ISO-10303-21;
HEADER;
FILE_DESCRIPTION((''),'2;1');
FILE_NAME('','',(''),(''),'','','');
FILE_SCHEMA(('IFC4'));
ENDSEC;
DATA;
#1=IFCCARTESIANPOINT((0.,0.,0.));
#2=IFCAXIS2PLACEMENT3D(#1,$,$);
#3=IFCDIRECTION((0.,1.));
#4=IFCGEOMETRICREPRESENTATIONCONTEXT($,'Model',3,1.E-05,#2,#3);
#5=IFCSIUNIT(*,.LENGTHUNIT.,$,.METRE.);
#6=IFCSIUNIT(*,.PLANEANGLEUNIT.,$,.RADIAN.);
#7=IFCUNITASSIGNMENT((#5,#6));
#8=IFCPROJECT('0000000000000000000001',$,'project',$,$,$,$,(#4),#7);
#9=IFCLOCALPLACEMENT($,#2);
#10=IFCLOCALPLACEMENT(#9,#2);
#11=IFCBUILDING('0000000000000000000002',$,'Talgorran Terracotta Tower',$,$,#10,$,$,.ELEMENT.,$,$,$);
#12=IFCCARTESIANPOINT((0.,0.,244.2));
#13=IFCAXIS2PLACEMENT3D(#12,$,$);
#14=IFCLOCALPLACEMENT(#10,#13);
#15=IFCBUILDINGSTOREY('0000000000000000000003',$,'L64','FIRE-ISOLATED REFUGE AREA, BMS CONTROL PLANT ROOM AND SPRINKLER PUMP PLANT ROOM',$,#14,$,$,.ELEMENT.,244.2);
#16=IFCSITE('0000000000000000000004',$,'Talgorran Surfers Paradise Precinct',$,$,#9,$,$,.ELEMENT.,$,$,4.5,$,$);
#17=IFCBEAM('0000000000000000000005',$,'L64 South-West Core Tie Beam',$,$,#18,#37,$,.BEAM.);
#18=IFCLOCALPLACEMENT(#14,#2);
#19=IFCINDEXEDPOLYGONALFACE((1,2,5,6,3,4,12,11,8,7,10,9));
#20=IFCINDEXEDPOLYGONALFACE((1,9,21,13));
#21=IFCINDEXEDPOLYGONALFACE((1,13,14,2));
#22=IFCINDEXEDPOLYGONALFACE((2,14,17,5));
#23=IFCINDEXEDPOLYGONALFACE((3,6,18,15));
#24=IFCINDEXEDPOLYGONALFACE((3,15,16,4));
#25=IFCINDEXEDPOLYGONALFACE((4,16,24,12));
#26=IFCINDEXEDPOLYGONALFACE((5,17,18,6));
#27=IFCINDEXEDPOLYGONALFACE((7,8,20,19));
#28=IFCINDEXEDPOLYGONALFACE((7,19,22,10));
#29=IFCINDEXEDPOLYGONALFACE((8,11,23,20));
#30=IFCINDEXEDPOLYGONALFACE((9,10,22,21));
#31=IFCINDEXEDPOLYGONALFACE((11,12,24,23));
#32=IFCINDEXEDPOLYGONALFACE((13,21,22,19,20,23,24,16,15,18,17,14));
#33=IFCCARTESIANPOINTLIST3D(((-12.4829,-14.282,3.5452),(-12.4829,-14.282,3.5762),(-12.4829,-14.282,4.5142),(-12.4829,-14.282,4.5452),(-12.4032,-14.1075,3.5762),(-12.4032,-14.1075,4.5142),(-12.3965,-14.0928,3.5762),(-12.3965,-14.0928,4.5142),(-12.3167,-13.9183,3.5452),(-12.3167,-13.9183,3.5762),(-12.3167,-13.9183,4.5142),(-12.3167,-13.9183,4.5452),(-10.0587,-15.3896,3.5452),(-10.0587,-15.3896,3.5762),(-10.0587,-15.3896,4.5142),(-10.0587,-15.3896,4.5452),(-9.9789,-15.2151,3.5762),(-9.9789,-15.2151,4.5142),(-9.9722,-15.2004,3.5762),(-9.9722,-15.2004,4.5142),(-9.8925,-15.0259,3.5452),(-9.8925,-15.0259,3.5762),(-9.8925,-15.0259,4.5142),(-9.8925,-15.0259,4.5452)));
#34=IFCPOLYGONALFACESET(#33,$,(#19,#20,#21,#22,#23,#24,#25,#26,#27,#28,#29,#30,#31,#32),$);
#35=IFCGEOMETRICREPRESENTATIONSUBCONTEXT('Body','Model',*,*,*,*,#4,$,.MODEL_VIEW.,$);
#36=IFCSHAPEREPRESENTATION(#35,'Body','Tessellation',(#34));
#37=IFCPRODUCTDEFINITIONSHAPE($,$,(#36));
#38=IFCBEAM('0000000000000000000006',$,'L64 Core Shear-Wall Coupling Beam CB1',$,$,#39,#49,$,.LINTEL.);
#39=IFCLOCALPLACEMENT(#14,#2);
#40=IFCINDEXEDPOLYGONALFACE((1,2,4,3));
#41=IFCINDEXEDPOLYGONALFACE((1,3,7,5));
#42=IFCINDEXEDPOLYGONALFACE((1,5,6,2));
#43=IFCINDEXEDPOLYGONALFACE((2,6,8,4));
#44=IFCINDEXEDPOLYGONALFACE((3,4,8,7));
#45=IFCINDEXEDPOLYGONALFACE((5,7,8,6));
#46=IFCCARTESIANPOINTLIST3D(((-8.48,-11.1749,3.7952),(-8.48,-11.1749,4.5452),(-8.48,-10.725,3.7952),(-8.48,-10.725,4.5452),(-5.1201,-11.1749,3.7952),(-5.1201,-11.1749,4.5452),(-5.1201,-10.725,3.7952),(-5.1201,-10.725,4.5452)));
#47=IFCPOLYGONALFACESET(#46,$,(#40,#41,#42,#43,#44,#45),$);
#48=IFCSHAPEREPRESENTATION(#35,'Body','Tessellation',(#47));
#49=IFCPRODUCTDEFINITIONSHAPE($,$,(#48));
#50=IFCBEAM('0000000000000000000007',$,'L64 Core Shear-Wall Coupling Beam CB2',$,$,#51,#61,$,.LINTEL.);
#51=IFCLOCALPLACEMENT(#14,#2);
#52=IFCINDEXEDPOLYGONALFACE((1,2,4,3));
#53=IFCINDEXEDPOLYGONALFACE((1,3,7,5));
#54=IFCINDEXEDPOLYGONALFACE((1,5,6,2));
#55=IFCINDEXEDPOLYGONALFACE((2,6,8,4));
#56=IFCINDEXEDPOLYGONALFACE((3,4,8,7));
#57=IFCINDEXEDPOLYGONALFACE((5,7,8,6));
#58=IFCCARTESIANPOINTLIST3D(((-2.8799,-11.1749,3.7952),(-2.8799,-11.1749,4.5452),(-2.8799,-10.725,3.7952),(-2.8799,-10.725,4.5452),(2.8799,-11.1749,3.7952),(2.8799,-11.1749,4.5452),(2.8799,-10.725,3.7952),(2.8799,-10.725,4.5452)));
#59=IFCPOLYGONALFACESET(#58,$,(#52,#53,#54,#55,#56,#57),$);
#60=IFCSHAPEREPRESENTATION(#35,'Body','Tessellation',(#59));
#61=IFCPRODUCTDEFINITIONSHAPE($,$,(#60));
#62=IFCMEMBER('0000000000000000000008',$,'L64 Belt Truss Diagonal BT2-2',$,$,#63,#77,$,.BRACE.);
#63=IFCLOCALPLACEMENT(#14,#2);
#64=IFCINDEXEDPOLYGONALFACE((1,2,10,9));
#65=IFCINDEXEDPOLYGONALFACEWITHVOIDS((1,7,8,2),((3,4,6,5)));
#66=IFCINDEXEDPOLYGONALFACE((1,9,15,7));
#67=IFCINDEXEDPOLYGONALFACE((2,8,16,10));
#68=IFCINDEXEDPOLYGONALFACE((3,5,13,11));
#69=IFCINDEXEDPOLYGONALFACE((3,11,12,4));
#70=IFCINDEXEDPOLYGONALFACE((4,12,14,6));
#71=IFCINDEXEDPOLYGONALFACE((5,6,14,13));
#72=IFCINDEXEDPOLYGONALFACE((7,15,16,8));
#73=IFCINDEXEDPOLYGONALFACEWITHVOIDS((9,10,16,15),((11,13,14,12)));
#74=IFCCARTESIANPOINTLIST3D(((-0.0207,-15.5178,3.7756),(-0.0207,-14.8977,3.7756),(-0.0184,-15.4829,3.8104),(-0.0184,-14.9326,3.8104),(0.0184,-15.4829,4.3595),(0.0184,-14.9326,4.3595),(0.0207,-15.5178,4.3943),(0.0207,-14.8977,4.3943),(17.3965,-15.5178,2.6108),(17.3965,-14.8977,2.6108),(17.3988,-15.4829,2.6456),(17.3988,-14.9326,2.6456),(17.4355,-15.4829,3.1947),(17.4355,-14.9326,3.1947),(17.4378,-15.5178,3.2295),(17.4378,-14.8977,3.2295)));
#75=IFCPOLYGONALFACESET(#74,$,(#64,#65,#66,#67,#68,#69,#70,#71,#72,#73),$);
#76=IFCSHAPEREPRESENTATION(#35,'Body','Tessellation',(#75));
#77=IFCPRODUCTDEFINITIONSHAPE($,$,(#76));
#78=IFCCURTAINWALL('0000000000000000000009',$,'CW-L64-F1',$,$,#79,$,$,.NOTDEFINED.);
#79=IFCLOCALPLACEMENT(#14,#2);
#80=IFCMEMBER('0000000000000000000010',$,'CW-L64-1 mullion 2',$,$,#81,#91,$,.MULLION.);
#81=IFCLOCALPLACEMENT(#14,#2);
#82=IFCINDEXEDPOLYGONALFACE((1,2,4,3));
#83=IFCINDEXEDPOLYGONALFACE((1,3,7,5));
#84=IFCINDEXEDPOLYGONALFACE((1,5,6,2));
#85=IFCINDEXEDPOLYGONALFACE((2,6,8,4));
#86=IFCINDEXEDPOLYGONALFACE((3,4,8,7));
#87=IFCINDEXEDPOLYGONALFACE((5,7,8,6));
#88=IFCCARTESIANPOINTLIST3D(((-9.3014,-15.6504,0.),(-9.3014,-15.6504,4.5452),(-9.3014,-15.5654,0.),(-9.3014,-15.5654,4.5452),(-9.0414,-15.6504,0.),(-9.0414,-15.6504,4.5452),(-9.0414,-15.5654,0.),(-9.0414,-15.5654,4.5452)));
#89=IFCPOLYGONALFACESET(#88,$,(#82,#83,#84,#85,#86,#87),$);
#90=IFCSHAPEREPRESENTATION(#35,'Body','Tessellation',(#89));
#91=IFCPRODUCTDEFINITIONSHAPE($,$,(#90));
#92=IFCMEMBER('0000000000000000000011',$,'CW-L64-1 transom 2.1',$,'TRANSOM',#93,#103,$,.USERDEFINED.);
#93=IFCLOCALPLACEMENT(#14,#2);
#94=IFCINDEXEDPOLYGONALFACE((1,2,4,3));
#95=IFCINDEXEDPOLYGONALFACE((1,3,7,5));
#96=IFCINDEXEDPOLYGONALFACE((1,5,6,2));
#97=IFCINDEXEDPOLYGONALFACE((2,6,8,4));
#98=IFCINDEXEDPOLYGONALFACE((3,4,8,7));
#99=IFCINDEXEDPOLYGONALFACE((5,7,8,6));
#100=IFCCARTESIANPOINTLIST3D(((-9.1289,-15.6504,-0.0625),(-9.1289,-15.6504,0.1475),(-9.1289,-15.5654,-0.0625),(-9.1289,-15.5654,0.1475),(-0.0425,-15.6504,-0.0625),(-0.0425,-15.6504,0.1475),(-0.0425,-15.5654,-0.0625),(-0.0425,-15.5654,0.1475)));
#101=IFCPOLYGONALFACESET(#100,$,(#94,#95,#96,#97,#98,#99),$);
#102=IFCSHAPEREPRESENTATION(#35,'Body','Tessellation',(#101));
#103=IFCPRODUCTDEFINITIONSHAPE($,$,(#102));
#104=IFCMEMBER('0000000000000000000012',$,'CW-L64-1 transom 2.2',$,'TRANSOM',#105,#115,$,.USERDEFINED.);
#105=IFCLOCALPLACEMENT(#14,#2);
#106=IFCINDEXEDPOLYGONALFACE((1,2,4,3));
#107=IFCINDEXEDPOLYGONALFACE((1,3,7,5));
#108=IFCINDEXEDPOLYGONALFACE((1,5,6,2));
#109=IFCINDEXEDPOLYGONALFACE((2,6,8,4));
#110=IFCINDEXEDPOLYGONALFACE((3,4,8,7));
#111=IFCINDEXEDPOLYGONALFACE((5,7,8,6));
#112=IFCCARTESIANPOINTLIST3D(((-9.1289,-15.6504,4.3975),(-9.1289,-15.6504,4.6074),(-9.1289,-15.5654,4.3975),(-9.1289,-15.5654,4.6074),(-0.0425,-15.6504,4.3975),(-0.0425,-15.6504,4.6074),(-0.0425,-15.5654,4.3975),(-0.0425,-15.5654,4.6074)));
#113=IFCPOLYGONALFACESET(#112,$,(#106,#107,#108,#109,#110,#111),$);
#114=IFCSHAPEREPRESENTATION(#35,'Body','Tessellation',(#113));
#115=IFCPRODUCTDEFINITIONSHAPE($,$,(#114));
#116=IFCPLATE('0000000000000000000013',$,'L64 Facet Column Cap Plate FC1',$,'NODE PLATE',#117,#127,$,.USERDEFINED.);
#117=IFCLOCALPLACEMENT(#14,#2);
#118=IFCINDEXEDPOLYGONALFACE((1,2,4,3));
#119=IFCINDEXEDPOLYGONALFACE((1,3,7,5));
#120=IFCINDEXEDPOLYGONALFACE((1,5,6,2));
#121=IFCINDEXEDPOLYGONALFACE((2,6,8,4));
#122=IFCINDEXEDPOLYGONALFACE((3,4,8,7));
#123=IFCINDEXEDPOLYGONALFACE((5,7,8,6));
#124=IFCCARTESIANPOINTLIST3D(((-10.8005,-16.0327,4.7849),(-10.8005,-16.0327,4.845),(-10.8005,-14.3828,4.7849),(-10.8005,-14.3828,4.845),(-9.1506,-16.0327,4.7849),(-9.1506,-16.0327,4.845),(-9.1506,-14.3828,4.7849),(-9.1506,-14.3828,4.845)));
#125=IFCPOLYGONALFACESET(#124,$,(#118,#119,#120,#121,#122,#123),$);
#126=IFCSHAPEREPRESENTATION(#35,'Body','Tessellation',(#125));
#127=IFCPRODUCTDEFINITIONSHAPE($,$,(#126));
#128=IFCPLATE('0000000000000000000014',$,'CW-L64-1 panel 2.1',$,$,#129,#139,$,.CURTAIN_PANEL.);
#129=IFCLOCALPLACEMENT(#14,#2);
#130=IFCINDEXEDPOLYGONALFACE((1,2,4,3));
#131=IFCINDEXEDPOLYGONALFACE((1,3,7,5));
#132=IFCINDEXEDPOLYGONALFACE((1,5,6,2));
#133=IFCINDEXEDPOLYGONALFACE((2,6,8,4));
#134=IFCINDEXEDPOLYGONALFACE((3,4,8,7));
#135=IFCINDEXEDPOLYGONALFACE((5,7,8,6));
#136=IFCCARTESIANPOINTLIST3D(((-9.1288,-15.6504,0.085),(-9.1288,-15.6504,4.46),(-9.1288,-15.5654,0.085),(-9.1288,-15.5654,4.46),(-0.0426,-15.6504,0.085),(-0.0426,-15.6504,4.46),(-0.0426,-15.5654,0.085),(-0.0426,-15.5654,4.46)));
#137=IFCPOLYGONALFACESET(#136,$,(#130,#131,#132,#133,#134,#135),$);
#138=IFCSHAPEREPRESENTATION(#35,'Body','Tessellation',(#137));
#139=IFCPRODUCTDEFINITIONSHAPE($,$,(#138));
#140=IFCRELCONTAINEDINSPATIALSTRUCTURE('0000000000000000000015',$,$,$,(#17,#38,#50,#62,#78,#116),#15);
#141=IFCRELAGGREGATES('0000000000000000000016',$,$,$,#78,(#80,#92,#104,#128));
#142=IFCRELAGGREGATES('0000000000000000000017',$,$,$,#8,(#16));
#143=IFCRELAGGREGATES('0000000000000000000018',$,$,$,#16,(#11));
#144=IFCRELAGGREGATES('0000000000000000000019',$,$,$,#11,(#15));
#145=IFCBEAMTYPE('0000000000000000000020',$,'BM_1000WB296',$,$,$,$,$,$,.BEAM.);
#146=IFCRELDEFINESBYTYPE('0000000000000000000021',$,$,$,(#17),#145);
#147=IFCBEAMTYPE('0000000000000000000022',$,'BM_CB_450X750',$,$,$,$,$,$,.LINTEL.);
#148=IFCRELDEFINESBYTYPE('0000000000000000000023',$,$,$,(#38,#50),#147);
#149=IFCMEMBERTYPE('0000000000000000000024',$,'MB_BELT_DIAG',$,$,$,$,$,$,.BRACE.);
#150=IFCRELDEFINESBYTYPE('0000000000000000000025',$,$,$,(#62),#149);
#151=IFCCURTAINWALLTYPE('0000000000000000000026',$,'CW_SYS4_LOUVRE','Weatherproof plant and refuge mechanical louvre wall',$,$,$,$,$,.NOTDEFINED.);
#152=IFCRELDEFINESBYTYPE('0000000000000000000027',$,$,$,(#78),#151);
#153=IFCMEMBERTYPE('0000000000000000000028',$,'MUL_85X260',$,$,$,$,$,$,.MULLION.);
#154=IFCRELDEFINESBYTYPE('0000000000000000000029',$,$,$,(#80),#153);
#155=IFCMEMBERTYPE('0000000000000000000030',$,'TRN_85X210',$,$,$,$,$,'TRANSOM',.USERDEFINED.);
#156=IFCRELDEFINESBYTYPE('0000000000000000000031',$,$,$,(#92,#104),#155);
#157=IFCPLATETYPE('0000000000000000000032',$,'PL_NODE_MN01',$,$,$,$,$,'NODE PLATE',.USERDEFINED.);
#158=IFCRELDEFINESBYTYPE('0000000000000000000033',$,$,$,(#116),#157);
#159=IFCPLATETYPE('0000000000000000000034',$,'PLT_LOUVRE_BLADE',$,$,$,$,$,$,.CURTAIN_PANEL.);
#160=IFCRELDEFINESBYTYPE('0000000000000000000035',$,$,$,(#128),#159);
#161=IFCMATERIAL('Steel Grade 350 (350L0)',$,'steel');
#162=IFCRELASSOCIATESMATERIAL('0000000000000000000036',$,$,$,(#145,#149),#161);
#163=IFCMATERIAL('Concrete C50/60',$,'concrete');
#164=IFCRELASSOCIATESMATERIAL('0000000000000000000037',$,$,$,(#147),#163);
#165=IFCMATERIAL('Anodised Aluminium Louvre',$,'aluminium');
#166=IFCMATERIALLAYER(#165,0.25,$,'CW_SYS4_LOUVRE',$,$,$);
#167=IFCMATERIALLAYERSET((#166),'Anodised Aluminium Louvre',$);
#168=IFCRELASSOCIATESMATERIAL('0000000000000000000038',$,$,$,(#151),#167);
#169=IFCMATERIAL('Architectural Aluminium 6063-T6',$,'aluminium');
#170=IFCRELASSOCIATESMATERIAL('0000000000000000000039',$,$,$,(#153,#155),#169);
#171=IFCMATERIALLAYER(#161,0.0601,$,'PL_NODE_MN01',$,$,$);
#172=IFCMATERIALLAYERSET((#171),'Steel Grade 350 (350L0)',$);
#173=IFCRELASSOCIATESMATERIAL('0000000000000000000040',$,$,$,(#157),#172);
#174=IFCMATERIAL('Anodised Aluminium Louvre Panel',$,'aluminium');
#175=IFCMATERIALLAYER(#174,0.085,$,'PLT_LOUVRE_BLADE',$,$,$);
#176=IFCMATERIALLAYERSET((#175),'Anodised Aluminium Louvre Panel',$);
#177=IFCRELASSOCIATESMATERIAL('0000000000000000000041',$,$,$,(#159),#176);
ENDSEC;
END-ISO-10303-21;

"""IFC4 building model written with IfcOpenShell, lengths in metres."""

from ifc_helpers import new_model, si_unit, direction, frame, origin, origin_2d, place, context, subcontext, project, spatial, rectangle, hollow_rectangle, i_section, extrude, source, transform, mapped, material, layer, layer_set, material_profile, profile_set, type_object, type_shapes, element, aggregate, save


model = new_model("IFC4")

# Units and contexts
model_context = context("Model", 3, precision=1e-05, world=origin(), true_north=direction((0.0, 1.0)))
body_context = subcontext(model_context, "Body", "Model", "MODEL_VIEW")
ifc_project = project(units=[si_unit("LENGTHUNIT", "METRE"), si_unit("PLANEANGLEUNIT", "RADIAN")], contexts=[model_context])

# Site, building, storey
site_placement = place(None, origin())
site = spatial("IfcSite", under=ifc_project, at=site_placement, Name="Talgorran Surfers Paradise Precinct", CompositionType="ELEMENT", RefElevation=4.5)
building_placement = place(site_placement, origin())
building = spatial("IfcBuilding", under=site, at=building_placement, Name="Talgorran Terracotta Tower", CompositionType="ELEMENT")
storey_placement = place(building_placement, frame((0.0, 0.0, 244.2)))
storey = spatial("IfcBuildingStorey", under=building, at=storey_placement, Name="L64", Description="FIRE-ISOLATED REFUGE AREA, BMS CONTROL PLANT ROOM AND SPRINKLER PUMP PLANT ROOM", CompositionType="ELEMENT", Elevation=244.2)

# Beams
ifc_material_1 = material(Name="Steel Grade 350 (350L0)", Category="steel")
ifc_material_profile_1 = material_profile(ifc_material_1, i_section(OverallWidth=0.3999, OverallDepth=1.0, WebThickness=0.0161, FlangeThickness=0.031, at=origin_2d()), Name="1000WB296")
ifc_profile_set_1 = profile_set([ifc_material_profile_1], Name="Steel Grade 350 (350L0)")
beam_type_1 = type_object("IfcBeamType", Name="BM_1000WB296", PredefinedType="BEAM", material=ifc_profile_set_1)
beam_1_placement = place(storey_placement, frame((-9.9756, -15.2078, 4.0452), z_axis=(-0.909559, 0.415576, 0.0), x_axis=(-0.415576, -0.909559, 0.0)))
element("IfcBeam", 1, at=beam_1_placement, inside=storey, type_object=beam_type_1, Name="L64 South-West Core Tie Beam", PredefinedType="BEAM", context=body_context, shape_type="SweptSolid", body=[
    extrude(i_section(OverallWidth=0.3999, OverallDepth=1.0, WebThickness=0.0161, FlangeThickness=0.031, at=origin_2d()), origin(), (0.0, 0.0, 1.0), 2.6653),
])
ifc_material_2 = material(Name="Concrete C50/60", Category="concrete")
ifc_material_profile_2 = material_profile(ifc_material_2, rectangle(XDim=0.45, YDim=0.75, at=origin_2d()), Name="RCCB450X750")
ifc_profile_set_2 = profile_set([ifc_material_profile_2], Name="Concrete C50/60")
beam_type_2 = type_object("IfcBeamType", Name="BM_CB_450X750", PredefinedType="LINTEL", material=ifc_profile_set_2)
beam_2_placement = place(storey_placement, frame((-8.48, -10.95, 4.1702), z_axis=(1.0, 0.0, 0.0), x_axis=(0.0, 1.0, 0.0)))
element("IfcBeam", 2, at=beam_2_placement, inside=storey, type_object=beam_type_2, Name="L64 Core Shear-Wall Coupling Beam CB1", PredefinedType="LINTEL", context=body_context, shape_type="SweptSolid", body=[
    extrude(rectangle(XDim=0.45, YDim=0.75, at=origin_2d()), origin(), (0.0, 0.0, 1.0), 3.3599),
])
beam_3_placement = place(storey_placement, frame((-2.8799, -10.95, 4.1702), z_axis=(1.0, 0.0, 0.0), x_axis=(0.0, 1.0, 0.0)))
element("IfcBeam", 3, at=beam_3_placement, inside=storey, type_object=beam_type_2, Name="L64 Core Shear-Wall Coupling Beam CB2", PredefinedType="LINTEL", context=body_context, shape_type="SweptSolid", body=[
    extrude(rectangle(XDim=0.45, YDim=0.75, at=origin_2d()), origin(), (0.0, 0.0, 1.0), 5.7598),
])

# Member
ifc_material_profile_3 = material_profile(ifc_material_1, hollow_rectangle(XDim=0.6201, YDim=0.6201, WallThickness=0.0349, at=origin_2d()), Name="WBOX620X620X35")
ifc_profile_set_3 = profile_set([ifc_material_profile_3], Name="Steel Grade 350 (350L0)")
member_type_1 = type_object("IfcMemberType", Name="MB_BELT_DIAG", PredefinedType="BRACE", material=ifc_profile_set_3)
member_1_placement = place(storey_placement, frame((0.0, -15.2078, 4.085), z_axis=(0.997771, 0.0, -0.066727), x_axis=(0.0, 1.0, 0.0)))
element("IfcMember", 4, at=member_1_placement, inside=storey, type_object=member_type_1, Name="L64 Belt Truss Diagonal BT2-2", PredefinedType="BRACE", context=body_context, shape_type="SweptSolid", body=[
    extrude(hollow_rectangle(XDim=0.6201, YDim=0.6201, WallThickness=0.0349, at=origin_2d()), origin(), (0.0, 0.0, 1.0), 17.4561),
])

# Curtain wall, members
ifc_material_3 = material(Name="Anodised Aluminium Louvre", Category="aluminium")
ifc_layer_1 = layer(ifc_material_3, 0.25, Name="CW_SYS4_LOUVRE")
ifc_layer_set_1 = layer_set([ifc_layer_1], Name="Anodised Aluminium Louvre")
curtain_wall_type = type_object("IfcCurtainWallType", Name="CW_SYS4_LOUVRE", Description="Weatherproof plant and refuge mechanical louvre wall", PredefinedType="NOTDEFINED", material=ifc_layer_set_1)
curtain_wall_placement = place(storey_placement, origin())
curtain_wall = element("IfcCurtainWall", 5, at=curtain_wall_placement, inside=storey, type_object=curtain_wall_type, Name="CW-L64-F1", PredefinedType="NOTDEFINED")
ifc_material_4 = material(Name="Architectural Aluminium 6063-T6", Category="aluminium")
ifc_material_profile_4 = material_profile(ifc_material_4, rectangle(XDim=0.085, YDim=0.26, at=origin_2d()), Name="CWM85X260")
ifc_profile_set_4 = profile_set([ifc_material_profile_4], Name="Architectural Aluminium 6063-T6")
member_type_2 = type_object("IfcMemberType", Name="MUL_85X260", PredefinedType="MULLION", material=ifc_profile_set_4)
member_2_placement = place(storey_placement, frame((-9.1714, -15.6079, 0.0), z_axis=(0.0, 0.0, 1.0), x_axis=(0.0, 1.0, 0.0)))
member_2 = element("IfcMember", 6, at=member_2_placement, type_object=member_type_2, Name="CW-L64-1 mullion 2", PredefinedType="MULLION", context=body_context, shape_type="SweptSolid", body=[
    extrude(rectangle(XDim=0.085, YDim=0.26, at=origin_2d()), origin(), (0.0, 0.0, 1.0), 4.5452),
])
ifc_material_profile_5 = material_profile(ifc_material_4, rectangle(XDim=0.085, YDim=0.21, at=origin_2d()), Name="CWT85X210")
ifc_profile_set_5 = profile_set([ifc_material_profile_5], Name="Architectural Aluminium 6063-T6")
member_type_3 = type_object("IfcMemberType", Name="TRN_85X210", ElementType="TRANSOM", PredefinedType="USERDEFINED", material=ifc_profile_set_5)
member_3_placement = place(storey_placement, frame((-9.1289, -15.6079, 0.0425), z_axis=(1.0, 0.0, 0.0), x_axis=(0.0, 1.0, 0.0)))
member_3 = element("IfcMember", 7, at=member_3_placement, type_object=member_type_3, Name="CW-L64-1 transom 2.1", ObjectType="TRANSOM", PredefinedType="USERDEFINED", context=body_context, shape_type="SweptSolid", body=[
    extrude(rectangle(XDim=0.085, YDim=0.21, at=origin_2d()), origin(), (0.0, 0.0, 1.0), 9.0864),
])
member_4_placement = place(storey_placement, frame((-9.1289, -15.6079, 4.5024), z_axis=(1.0, 0.0, 0.0), x_axis=(0.0, 1.0, 0.0)))
member_4 = element("IfcMember", 8, at=member_4_placement, type_object=member_type_3, Name="CW-L64-1 transom 2.2", ObjectType="TRANSOM", PredefinedType="USERDEFINED", context=body_context, shape_type="SweptSolid", body=[
    extrude(rectangle(XDim=0.085, YDim=0.21, at=origin_2d()), origin(), (0.0, 0.0, 1.0), 9.0864),
])

# Plates
ifc_layer_2 = layer(ifc_material_1, 0.0601, Name="PL_NODE_MN01")
ifc_layer_set_2 = layer_set([ifc_layer_2], Name="Steel Grade 350 (350L0)")
plate_type_1 = type_object("IfcPlateType", Name="PL_NODE_MN01", ElementType="NODE PLATE", PredefinedType="USERDEFINED", material=ifc_layer_set_2)
plate_1_placement = place(storey_placement, frame((-9.9756, -15.2078, 4.7849), z_axis=(0.0, 0.0, 1.0), x_axis=(1.0, 0.0, 0.0)))
element("IfcPlate", 9, at=plate_1_placement, inside=storey, type_object=plate_type_1, Name="L64 Facet Column Cap Plate FC1", ObjectType="NODE PLATE", PredefinedType="USERDEFINED", context=body_context, shape_type="SweptSolid", body=[
    extrude(rectangle(XDim=1.6499, YDim=1.6499, at=origin_2d()), origin(), (0.0, 0.0, 1.0), 0.0601),
])
ifc_material_5 = material(Name="Anodised Aluminium Louvre Panel", Category="aluminium")
ifc_layer_3 = layer(ifc_material_5, 0.085, Name="PLT_LOUVRE_BLADE")
ifc_layer_set_3 = layer_set([ifc_layer_3], Name="Anodised Aluminium Louvre Panel")
plate_type_2 = type_object("IfcPlateType", Name="PLT_LOUVRE_BLADE", PredefinedType="CURTAIN_PANEL", material=ifc_layer_set_3)
shared_shape = source(origin(), body_context, "Body", "SweptSolid", [
    extrude(rectangle(XDim=9.0862, YDim=0.085, at=origin_2d()), origin(), (0.0, 0.0, 1.0), 4.375),
])
type_shapes(plate_type_2, [shared_shape])
plate_2_placement = place(storey_placement, frame((-4.5857, -15.6079, 0.085), z_axis=(0.0, 0.0, 1.0), x_axis=(1.0, 0.0, 0.0)))
plate_2 = element("IfcPlate", 10, at=plate_2_placement, type_object=plate_type_2, Name="CW-L64-1 panel 2.1", PredefinedType="CURTAIN_PANEL", context=body_context, shape_type="MappedRepresentation", body=[
    mapped(shared_shape, transform((0.0, 0.0, 0.0), scale=1.0)),
])
aggregate(curtain_wall, [member_2, member_3, member_4, plate_2])

save(model, "model.ifc")
